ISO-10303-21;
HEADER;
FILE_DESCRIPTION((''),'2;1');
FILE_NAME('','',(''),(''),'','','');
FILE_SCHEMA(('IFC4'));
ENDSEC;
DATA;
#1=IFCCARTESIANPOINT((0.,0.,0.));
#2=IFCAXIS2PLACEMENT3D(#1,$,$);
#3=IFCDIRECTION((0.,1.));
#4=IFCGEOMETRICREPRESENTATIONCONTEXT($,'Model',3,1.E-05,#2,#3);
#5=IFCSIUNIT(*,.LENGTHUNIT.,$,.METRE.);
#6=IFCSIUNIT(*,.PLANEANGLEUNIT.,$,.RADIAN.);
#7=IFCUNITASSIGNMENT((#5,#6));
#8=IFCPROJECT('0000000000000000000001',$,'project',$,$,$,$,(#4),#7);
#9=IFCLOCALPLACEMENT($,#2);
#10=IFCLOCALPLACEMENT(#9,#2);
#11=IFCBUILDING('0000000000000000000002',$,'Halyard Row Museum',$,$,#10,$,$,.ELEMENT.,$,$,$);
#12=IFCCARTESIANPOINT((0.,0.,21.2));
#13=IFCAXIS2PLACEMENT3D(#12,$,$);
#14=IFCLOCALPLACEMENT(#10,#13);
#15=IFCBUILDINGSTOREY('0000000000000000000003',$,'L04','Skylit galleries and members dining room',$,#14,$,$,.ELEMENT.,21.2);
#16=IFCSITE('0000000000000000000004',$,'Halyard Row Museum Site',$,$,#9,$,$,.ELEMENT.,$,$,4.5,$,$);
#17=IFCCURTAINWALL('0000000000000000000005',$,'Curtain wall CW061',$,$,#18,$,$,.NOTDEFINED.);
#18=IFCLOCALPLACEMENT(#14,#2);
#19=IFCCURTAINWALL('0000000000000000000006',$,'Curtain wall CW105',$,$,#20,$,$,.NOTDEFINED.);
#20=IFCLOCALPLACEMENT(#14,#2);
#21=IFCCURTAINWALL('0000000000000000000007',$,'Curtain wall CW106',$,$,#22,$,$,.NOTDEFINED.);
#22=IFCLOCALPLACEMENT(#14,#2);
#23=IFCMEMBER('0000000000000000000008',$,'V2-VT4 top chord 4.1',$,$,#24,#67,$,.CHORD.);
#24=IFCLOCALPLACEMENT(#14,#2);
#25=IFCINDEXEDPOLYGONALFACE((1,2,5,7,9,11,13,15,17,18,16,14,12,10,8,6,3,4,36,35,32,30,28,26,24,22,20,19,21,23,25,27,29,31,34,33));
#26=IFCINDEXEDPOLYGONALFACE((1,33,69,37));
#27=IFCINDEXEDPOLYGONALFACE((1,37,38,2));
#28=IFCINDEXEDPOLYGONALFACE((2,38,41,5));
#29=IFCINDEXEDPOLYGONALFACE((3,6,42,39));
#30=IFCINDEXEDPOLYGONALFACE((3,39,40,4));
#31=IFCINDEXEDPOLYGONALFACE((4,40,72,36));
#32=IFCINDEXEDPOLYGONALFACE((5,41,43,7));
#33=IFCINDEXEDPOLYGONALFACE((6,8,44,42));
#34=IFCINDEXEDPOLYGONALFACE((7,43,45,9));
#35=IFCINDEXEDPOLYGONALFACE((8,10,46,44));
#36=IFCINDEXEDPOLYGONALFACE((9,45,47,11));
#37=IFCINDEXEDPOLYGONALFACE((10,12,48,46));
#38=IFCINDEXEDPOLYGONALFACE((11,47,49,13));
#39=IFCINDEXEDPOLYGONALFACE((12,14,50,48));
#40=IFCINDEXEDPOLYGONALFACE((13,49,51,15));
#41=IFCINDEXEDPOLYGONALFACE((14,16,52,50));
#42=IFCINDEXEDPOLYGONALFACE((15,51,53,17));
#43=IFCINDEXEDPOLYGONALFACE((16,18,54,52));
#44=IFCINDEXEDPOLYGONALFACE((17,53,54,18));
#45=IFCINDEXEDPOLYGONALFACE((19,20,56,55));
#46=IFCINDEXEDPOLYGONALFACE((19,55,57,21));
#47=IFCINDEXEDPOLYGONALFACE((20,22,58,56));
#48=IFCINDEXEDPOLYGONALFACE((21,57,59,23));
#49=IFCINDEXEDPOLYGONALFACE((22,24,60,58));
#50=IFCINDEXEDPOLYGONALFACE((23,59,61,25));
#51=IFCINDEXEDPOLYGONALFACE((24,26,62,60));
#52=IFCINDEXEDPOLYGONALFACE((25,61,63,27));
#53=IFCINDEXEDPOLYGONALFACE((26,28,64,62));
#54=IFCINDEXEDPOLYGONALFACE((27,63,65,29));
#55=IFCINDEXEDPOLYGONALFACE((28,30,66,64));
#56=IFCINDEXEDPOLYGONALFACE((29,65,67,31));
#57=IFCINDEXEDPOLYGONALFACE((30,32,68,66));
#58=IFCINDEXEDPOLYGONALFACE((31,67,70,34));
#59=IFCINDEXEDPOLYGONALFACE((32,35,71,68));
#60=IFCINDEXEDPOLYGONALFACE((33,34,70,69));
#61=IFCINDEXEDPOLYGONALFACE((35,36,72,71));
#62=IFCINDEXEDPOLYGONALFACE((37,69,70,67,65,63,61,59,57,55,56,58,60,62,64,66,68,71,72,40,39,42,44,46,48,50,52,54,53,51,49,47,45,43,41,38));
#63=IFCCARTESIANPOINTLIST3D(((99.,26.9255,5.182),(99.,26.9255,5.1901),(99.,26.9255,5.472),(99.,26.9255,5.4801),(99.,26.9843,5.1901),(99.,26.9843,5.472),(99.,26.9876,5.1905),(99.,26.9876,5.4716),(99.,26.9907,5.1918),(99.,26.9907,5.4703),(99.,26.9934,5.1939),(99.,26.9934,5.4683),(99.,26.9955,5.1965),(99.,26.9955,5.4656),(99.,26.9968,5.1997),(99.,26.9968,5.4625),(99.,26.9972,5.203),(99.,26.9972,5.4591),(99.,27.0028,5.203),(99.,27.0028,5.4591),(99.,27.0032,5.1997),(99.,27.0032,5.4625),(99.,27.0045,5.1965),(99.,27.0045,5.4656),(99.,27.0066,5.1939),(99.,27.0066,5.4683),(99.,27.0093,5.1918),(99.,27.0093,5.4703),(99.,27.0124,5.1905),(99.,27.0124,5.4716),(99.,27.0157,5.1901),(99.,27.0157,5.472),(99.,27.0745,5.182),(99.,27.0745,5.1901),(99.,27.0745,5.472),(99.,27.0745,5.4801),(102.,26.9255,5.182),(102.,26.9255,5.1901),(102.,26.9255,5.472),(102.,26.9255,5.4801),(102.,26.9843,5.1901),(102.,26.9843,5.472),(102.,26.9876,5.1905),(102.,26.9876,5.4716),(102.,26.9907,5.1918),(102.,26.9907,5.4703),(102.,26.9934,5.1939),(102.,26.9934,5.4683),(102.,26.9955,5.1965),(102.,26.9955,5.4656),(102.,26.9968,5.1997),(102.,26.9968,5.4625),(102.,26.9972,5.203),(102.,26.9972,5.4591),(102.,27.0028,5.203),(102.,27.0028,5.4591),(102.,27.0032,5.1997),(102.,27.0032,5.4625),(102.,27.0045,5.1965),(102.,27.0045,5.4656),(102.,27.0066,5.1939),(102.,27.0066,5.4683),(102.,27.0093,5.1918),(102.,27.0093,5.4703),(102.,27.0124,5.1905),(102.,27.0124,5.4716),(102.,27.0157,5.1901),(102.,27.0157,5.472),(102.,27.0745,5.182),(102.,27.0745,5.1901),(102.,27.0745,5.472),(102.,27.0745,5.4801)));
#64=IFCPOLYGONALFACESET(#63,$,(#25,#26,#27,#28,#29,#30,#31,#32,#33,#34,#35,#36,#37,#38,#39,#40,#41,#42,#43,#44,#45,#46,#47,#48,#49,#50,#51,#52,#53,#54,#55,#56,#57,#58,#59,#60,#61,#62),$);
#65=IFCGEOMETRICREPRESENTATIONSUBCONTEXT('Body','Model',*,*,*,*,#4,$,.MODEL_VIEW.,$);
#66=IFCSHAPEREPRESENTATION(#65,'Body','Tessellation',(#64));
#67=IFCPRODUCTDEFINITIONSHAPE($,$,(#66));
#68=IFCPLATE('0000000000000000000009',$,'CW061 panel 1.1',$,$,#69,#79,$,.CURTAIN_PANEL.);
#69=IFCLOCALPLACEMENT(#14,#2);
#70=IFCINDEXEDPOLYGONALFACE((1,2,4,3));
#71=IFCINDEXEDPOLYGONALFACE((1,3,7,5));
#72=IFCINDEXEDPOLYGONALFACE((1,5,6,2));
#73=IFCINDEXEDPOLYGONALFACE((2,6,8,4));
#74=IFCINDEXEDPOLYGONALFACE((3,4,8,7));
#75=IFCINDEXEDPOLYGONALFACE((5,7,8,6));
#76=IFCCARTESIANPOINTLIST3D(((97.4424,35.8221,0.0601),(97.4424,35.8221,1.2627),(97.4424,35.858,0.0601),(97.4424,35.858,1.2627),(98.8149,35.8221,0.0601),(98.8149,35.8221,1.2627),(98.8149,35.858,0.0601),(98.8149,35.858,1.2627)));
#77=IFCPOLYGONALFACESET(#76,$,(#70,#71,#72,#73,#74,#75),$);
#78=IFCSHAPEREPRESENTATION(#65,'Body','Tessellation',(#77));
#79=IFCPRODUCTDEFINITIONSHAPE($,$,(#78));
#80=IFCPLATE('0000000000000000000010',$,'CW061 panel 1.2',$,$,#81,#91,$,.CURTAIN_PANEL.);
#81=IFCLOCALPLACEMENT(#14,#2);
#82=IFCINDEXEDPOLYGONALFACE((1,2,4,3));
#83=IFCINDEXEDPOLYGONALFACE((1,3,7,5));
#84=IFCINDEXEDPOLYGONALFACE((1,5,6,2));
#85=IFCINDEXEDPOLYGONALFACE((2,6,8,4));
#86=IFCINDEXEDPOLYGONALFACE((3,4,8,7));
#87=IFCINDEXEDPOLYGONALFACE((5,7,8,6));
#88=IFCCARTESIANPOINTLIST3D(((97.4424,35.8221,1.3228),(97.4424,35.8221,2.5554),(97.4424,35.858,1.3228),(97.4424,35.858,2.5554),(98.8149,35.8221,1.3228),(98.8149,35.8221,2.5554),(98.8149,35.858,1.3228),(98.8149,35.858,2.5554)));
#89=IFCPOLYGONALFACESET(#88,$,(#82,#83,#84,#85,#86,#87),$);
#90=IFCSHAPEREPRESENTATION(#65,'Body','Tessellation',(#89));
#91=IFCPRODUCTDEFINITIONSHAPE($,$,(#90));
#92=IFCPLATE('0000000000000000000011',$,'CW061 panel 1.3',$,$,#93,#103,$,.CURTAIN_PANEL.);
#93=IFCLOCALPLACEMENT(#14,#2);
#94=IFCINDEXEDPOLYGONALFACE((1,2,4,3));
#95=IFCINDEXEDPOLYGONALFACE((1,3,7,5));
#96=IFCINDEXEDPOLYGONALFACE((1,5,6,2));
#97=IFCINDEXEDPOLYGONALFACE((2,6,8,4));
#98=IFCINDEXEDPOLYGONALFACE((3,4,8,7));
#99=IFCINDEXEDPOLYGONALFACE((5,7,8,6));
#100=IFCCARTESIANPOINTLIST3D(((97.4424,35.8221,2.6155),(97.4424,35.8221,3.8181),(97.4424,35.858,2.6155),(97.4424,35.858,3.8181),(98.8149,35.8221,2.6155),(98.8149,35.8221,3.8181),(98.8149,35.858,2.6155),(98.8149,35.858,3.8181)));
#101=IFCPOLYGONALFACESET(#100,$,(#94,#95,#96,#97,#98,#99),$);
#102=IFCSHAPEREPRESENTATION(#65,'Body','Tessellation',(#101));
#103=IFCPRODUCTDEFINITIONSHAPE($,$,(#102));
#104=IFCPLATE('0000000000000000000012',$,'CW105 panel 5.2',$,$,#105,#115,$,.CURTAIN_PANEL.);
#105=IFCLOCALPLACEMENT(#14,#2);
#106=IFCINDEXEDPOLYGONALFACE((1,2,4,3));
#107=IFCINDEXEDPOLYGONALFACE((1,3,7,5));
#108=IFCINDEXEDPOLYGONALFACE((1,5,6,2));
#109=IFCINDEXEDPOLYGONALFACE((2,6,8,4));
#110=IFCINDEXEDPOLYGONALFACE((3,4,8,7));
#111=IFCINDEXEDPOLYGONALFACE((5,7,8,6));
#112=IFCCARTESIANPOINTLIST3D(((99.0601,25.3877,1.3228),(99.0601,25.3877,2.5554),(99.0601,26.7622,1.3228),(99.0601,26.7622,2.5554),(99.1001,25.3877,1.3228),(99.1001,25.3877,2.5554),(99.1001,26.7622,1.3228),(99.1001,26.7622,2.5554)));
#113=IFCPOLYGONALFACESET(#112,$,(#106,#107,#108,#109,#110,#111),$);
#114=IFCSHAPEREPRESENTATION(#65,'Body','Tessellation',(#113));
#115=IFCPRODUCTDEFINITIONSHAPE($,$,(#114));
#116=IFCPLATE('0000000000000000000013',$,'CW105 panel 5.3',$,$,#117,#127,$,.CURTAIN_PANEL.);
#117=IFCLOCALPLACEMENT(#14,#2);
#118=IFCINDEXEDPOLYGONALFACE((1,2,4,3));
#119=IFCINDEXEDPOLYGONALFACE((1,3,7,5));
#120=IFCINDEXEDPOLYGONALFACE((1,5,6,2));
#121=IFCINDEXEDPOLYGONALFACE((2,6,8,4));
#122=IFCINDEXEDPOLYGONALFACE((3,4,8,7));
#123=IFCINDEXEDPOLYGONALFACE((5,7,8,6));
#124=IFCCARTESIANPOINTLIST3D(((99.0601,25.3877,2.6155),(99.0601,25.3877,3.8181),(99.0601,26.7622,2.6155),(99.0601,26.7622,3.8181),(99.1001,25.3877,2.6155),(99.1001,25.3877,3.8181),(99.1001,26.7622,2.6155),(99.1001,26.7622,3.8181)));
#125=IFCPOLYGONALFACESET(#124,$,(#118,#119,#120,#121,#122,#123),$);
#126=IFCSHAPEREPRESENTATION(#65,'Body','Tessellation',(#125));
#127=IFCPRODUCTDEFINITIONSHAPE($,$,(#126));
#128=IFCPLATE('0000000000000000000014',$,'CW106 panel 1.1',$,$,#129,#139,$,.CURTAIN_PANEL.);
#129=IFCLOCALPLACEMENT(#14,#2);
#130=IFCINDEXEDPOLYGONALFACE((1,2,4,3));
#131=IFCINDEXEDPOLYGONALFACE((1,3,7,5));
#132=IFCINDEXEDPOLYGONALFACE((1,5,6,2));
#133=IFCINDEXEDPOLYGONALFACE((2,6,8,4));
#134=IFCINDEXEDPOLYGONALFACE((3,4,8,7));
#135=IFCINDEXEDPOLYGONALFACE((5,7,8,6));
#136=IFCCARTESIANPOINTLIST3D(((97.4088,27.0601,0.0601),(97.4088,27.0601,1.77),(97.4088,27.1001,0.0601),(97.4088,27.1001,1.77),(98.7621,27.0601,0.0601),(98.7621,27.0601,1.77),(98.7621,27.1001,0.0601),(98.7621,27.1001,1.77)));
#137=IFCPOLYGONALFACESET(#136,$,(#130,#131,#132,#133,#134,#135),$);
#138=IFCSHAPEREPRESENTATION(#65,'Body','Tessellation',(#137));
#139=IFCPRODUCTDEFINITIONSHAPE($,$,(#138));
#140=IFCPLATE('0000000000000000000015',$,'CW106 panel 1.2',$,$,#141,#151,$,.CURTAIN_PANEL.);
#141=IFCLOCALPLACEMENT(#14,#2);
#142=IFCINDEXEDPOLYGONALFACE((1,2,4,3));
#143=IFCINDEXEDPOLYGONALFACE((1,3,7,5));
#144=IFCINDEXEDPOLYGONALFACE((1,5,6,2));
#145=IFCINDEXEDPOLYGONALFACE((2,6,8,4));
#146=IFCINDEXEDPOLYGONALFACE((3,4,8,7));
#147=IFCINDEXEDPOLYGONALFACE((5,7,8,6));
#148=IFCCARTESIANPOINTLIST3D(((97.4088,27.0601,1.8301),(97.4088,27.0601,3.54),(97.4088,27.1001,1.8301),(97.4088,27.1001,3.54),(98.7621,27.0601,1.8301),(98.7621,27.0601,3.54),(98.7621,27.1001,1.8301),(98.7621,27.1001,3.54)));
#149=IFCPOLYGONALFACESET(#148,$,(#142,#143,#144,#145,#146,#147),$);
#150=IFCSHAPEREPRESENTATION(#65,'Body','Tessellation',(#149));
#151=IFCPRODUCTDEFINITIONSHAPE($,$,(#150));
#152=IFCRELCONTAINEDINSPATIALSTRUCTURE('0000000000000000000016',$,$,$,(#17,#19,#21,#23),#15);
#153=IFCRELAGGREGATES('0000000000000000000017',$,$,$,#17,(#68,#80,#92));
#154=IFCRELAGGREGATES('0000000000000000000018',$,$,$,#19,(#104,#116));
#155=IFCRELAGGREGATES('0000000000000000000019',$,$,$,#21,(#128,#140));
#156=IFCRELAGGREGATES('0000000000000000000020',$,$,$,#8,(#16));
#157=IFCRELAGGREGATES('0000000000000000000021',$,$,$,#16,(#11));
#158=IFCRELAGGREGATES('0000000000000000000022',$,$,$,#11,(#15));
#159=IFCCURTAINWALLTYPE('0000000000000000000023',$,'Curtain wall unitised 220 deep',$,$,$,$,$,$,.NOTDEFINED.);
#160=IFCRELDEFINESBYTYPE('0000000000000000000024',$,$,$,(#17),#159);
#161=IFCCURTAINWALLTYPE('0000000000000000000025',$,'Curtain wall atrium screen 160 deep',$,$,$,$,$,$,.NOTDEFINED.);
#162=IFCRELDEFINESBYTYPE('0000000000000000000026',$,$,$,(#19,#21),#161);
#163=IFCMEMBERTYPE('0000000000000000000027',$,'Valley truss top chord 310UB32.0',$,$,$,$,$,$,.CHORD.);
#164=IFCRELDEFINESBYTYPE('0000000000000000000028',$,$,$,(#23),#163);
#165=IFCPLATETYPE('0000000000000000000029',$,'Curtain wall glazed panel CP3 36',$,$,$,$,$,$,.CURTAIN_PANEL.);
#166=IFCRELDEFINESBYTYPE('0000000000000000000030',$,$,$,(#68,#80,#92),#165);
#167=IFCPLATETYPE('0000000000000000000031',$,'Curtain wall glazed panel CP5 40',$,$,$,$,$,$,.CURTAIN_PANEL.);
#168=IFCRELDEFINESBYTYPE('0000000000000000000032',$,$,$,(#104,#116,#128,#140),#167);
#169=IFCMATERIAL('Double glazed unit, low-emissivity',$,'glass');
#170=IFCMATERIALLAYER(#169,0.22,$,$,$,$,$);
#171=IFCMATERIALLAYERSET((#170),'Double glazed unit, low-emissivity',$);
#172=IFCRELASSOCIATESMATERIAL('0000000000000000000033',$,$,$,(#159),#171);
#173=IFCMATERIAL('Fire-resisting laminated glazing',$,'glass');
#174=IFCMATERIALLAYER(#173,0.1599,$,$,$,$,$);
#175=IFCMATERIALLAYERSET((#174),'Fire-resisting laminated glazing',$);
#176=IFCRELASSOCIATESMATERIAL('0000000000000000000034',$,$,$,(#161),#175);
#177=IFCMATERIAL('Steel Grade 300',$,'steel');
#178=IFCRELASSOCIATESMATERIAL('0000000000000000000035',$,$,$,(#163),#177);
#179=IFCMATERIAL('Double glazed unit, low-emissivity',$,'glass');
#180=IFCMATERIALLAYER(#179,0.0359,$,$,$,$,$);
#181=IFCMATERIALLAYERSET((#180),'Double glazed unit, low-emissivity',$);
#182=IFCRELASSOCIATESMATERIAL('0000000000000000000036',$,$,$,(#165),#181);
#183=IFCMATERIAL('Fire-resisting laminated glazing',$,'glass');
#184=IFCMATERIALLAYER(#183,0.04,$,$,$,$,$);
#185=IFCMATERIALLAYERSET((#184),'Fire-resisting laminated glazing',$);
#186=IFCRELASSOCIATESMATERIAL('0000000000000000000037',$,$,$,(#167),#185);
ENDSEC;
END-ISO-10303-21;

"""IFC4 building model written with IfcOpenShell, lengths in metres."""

from ifc_helpers import new_model, si_unit, direction, frame, origin, origin_2d, place, context, subcontext, project, spatial, rectangle, i_section, extrude, material, layer, layer_set, material_profile, profile_set, type_object, element, aggregate, save


model = new_model("IFC4")

# Units and contexts
model_context = context("Model", 3, precision=1e-05, world=origin(), true_north=direction((0.0, 1.0)))
body_context = subcontext(model_context, "Body", "Model", "MODEL_VIEW")
ifc_project = project(units=[si_unit("LENGTHUNIT", "METRE"), si_unit("PLANEANGLEUNIT", "RADIAN")], contexts=[model_context])

# Site, building, storey
site_placement = place(None, origin())
site = spatial("IfcSite", under=ifc_project, at=site_placement, Name="Halyard Row Museum Site", CompositionType="ELEMENT", RefElevation=4.5)
building_placement = place(site_placement, origin())
building = spatial("IfcBuilding", under=site, at=building_placement, Name="Halyard Row Museum", CompositionType="ELEMENT")
storey_placement = place(building_placement, frame((0.0, 0.0, 21.2)))
storey = spatial("IfcBuildingStorey", under=building, at=storey_placement, Name="L04", Description="Skylit galleries and members dining room", CompositionType="ELEMENT", Elevation=21.2)

# Curtain wall
ifc_material_1 = material(Name="Double glazed unit, low-emissivity", Category="glass")
ifc_layer_1 = layer(ifc_material_1, 0.22)
ifc_layer_set_1 = layer_set([ifc_layer_1], Name="Double glazed unit, low-emissivity")
curtain_wall_type_1 = type_object("IfcCurtainWallType", Name="Curtain wall unitised 220 deep", PredefinedType="NOTDEFINED", material=ifc_layer_set_1)
curtain_wall_1_placement = place(storey_placement, origin())
curtain_wall_1 = element("IfcCurtainWall", 1, at=curtain_wall_1_placement, inside=storey, type_object=curtain_wall_type_1, Name="Curtain wall CW061", PredefinedType="NOTDEFINED")

# Curtain wall
ifc_material_2 = material(Name="Fire-resisting laminated glazing", Category="glass")
ifc_layer_2 = layer(ifc_material_2, 0.1599)
ifc_layer_set_2 = layer_set([ifc_layer_2], Name="Fire-resisting laminated glazing")
curtain_wall_type_2 = type_object("IfcCurtainWallType", Name="Curtain wall atrium screen 160 deep", PredefinedType="NOTDEFINED", material=ifc_layer_set_2)
curtain_wall_2_placement = place(storey_placement, origin())
curtain_wall_2 = element("IfcCurtainWall", 2, at=curtain_wall_2_placement, inside=storey, type_object=curtain_wall_type_2, Name="Curtain wall CW105", PredefinedType="NOTDEFINED")

# Curtain wall
curtain_wall_3_placement = place(storey_placement, origin())
curtain_wall_3 = element("IfcCurtainWall", 3, at=curtain_wall_3_placement, inside=storey, type_object=curtain_wall_type_2, Name="Curtain wall CW106", PredefinedType="NOTDEFINED")

# Member
ifc_material_3 = material(Name="Steel Grade 300", Category="steel")
ifc_material_profile_1 = material_profile(ifc_material_3, i_section(OverallWidth=0.1489, OverallDepth=0.2981, WebThickness=0.0056, FlangeThickness=0.0081, FilletRadius=0.0129, at=origin_2d()), Name="310UB32.0")
ifc_profile_set_1 = profile_set([ifc_material_profile_1], Name="Steel Grade 300")
member_type_1 = type_object("IfcMemberType", Name="Valley truss top chord 310UB32.0", PredefinedType="CHORD", material=ifc_profile_set_1)
member_1_placement = place(storey_placement, frame((99.0, 27.0, 5.3311), z_axis=(1.0, 0.0, 0.0), x_axis=(0.0, 1.0, 0.0)))
element("IfcMember", 4, at=member_1_placement, inside=storey, type_object=member_type_1, Name="V2-VT4 top chord 4.1", PredefinedType="CHORD", context=body_context, shape_type="SweptSolid", body=[
    extrude(i_section(OverallWidth=0.1489, OverallDepth=0.2981, WebThickness=0.0056, FlangeThickness=0.0081, FilletRadius=0.0129, at=origin_2d()), origin(), (0.0, 0.0, 1.0), 3.0),
])

# Plates
ifc_material_4 = material(Name="Double glazed unit, low-emissivity", Category="glass")
ifc_layer_3 = layer(ifc_material_4, 0.0359)
ifc_layer_set_3 = layer_set([ifc_layer_3], Name="Double glazed unit, low-emissivity")
plate_type_1 = type_object("IfcPlateType", Name="Curtain wall glazed panel CP3 36", PredefinedType="CURTAIN_PANEL", material=ifc_layer_set_3)
plate_1_placement = place(storey_placement, frame((98.1287, 35.8401, 0.0601), z_axis=(0.0, 0.0, 1.0), x_axis=(-1.0, 0.0, 0.0)))
plate_1 = element("IfcPlate", 5, at=plate_1_placement, type_object=plate_type_1, Name="CW061 panel 1.1", PredefinedType="CURTAIN_PANEL", context=body_context, shape_type="SweptSolid", body=[
    extrude(rectangle(XDim=1.3726, YDim=0.0359, at=origin_2d()), origin(), (0.0, 0.0, 1.0), 1.2026),
])
plate_2_placement = place(storey_placement, frame((98.1287, 35.8401, 1.3228), z_axis=(0.0, 0.0, 1.0), x_axis=(-1.0, 0.0, 0.0)))
plate_2 = element("IfcPlate", 6, at=plate_2_placement, type_object=plate_type_1, Name="CW061 panel 1.2", PredefinedType="CURTAIN_PANEL", context=body_context, shape_type="SweptSolid", body=[
    extrude(rectangle(XDim=1.3726, YDim=0.0359, at=origin_2d()), origin(), (0.0, 0.0, 1.0), 1.2327),
])
plate_3_placement = place(storey_placement, frame((98.1287, 35.8401, 2.6155), z_axis=(0.0, 0.0, 1.0), x_axis=(-1.0, 0.0, 0.0)))
plate_3 = element("IfcPlate", 7, at=plate_3_placement, type_object=plate_type_1, Name="CW061 panel 1.3", PredefinedType="CURTAIN_PANEL", context=body_context, shape_type="SweptSolid", body=[
    extrude(rectangle(XDim=1.3726, YDim=0.0359, at=origin_2d()), origin(), (0.0, 0.0, 1.0), 1.2026),
])
aggregate(curtain_wall_1, [plate_1, plate_2, plate_3])
ifc_material_5 = material(Name="Fire-resisting laminated glazing", Category="glass")
ifc_layer_4 = layer(ifc_material_5, 0.04)
ifc_layer_set_4 = layer_set([ifc_layer_4], Name="Fire-resisting laminated glazing")
plate_type_2 = type_object("IfcPlateType", Name="Curtain wall glazed panel CP5 40", PredefinedType="CURTAIN_PANEL", material=ifc_layer_set_4)
plate_4_placement = place(storey_placement, frame((99.0801, 26.075, 1.3228), z_axis=(0.0, 0.0, 1.0), x_axis=(0.0, 1.0, 0.0)))
plate_4 = element("IfcPlate", 8, at=plate_4_placement, type_object=plate_type_2, Name="CW105 panel 5.2", PredefinedType="CURTAIN_PANEL", context=body_context, shape_type="SweptSolid", body=[
    extrude(rectangle(XDim=1.3745, YDim=0.04, at=origin_2d()), origin(), (0.0, 0.0, 1.0), 1.2327),
])
plate_5_placement = place(storey_placement, frame((99.0801, 26.075, 2.6155), z_axis=(0.0, 0.0, 1.0), x_axis=(0.0, 1.0, 0.0)))
plate_5 = element("IfcPlate", 9, at=plate_5_placement, type_object=plate_type_2, Name="CW105 panel 5.3", PredefinedType="CURTAIN_PANEL", context=body_context, shape_type="SweptSolid", body=[
    extrude(rectangle(XDim=1.3745, YDim=0.04, at=origin_2d()), origin(), (0.0, 0.0, 1.0), 1.2026),
])
aggregate(curtain_wall_2, [plate_4, plate_5])
plate_6_placement = place(storey_placement, frame((98.0854, 27.0801, 0.0601), z_axis=(0.0, 0.0, 1.0), x_axis=(-1.0, 0.0, 0.0)))
plate_6 = element("IfcPlate", 10, at=plate_6_placement, type_object=plate_type_2, Name="CW106 panel 1.1", PredefinedType="CURTAIN_PANEL", context=body_context, shape_type="SweptSolid", body=[
    extrude(rectangle(XDim=1.3533, YDim=0.04, at=origin_2d()), origin(), (0.0, 0.0, 1.0), 1.71),
])
plate_7_placement = place(storey_placement, frame((98.0854, 27.0801, 1.8301), z_axis=(0.0, 0.0, 1.0), x_axis=(-1.0, 0.0, 0.0)))
plate_7 = element("IfcPlate", 11, at=plate_7_placement, type_object=plate_type_2, Name="CW106 panel 1.2", PredefinedType="CURTAIN_PANEL", context=body_context, shape_type="SweptSolid", body=[
    extrude(rectangle(XDim=1.3533, YDim=0.04, at=origin_2d()), origin(), (0.0, 0.0, 1.0), 1.71),
])
aggregate(curtain_wall_3, [plate_6, plate_7])

save(model, "model.ifc")
